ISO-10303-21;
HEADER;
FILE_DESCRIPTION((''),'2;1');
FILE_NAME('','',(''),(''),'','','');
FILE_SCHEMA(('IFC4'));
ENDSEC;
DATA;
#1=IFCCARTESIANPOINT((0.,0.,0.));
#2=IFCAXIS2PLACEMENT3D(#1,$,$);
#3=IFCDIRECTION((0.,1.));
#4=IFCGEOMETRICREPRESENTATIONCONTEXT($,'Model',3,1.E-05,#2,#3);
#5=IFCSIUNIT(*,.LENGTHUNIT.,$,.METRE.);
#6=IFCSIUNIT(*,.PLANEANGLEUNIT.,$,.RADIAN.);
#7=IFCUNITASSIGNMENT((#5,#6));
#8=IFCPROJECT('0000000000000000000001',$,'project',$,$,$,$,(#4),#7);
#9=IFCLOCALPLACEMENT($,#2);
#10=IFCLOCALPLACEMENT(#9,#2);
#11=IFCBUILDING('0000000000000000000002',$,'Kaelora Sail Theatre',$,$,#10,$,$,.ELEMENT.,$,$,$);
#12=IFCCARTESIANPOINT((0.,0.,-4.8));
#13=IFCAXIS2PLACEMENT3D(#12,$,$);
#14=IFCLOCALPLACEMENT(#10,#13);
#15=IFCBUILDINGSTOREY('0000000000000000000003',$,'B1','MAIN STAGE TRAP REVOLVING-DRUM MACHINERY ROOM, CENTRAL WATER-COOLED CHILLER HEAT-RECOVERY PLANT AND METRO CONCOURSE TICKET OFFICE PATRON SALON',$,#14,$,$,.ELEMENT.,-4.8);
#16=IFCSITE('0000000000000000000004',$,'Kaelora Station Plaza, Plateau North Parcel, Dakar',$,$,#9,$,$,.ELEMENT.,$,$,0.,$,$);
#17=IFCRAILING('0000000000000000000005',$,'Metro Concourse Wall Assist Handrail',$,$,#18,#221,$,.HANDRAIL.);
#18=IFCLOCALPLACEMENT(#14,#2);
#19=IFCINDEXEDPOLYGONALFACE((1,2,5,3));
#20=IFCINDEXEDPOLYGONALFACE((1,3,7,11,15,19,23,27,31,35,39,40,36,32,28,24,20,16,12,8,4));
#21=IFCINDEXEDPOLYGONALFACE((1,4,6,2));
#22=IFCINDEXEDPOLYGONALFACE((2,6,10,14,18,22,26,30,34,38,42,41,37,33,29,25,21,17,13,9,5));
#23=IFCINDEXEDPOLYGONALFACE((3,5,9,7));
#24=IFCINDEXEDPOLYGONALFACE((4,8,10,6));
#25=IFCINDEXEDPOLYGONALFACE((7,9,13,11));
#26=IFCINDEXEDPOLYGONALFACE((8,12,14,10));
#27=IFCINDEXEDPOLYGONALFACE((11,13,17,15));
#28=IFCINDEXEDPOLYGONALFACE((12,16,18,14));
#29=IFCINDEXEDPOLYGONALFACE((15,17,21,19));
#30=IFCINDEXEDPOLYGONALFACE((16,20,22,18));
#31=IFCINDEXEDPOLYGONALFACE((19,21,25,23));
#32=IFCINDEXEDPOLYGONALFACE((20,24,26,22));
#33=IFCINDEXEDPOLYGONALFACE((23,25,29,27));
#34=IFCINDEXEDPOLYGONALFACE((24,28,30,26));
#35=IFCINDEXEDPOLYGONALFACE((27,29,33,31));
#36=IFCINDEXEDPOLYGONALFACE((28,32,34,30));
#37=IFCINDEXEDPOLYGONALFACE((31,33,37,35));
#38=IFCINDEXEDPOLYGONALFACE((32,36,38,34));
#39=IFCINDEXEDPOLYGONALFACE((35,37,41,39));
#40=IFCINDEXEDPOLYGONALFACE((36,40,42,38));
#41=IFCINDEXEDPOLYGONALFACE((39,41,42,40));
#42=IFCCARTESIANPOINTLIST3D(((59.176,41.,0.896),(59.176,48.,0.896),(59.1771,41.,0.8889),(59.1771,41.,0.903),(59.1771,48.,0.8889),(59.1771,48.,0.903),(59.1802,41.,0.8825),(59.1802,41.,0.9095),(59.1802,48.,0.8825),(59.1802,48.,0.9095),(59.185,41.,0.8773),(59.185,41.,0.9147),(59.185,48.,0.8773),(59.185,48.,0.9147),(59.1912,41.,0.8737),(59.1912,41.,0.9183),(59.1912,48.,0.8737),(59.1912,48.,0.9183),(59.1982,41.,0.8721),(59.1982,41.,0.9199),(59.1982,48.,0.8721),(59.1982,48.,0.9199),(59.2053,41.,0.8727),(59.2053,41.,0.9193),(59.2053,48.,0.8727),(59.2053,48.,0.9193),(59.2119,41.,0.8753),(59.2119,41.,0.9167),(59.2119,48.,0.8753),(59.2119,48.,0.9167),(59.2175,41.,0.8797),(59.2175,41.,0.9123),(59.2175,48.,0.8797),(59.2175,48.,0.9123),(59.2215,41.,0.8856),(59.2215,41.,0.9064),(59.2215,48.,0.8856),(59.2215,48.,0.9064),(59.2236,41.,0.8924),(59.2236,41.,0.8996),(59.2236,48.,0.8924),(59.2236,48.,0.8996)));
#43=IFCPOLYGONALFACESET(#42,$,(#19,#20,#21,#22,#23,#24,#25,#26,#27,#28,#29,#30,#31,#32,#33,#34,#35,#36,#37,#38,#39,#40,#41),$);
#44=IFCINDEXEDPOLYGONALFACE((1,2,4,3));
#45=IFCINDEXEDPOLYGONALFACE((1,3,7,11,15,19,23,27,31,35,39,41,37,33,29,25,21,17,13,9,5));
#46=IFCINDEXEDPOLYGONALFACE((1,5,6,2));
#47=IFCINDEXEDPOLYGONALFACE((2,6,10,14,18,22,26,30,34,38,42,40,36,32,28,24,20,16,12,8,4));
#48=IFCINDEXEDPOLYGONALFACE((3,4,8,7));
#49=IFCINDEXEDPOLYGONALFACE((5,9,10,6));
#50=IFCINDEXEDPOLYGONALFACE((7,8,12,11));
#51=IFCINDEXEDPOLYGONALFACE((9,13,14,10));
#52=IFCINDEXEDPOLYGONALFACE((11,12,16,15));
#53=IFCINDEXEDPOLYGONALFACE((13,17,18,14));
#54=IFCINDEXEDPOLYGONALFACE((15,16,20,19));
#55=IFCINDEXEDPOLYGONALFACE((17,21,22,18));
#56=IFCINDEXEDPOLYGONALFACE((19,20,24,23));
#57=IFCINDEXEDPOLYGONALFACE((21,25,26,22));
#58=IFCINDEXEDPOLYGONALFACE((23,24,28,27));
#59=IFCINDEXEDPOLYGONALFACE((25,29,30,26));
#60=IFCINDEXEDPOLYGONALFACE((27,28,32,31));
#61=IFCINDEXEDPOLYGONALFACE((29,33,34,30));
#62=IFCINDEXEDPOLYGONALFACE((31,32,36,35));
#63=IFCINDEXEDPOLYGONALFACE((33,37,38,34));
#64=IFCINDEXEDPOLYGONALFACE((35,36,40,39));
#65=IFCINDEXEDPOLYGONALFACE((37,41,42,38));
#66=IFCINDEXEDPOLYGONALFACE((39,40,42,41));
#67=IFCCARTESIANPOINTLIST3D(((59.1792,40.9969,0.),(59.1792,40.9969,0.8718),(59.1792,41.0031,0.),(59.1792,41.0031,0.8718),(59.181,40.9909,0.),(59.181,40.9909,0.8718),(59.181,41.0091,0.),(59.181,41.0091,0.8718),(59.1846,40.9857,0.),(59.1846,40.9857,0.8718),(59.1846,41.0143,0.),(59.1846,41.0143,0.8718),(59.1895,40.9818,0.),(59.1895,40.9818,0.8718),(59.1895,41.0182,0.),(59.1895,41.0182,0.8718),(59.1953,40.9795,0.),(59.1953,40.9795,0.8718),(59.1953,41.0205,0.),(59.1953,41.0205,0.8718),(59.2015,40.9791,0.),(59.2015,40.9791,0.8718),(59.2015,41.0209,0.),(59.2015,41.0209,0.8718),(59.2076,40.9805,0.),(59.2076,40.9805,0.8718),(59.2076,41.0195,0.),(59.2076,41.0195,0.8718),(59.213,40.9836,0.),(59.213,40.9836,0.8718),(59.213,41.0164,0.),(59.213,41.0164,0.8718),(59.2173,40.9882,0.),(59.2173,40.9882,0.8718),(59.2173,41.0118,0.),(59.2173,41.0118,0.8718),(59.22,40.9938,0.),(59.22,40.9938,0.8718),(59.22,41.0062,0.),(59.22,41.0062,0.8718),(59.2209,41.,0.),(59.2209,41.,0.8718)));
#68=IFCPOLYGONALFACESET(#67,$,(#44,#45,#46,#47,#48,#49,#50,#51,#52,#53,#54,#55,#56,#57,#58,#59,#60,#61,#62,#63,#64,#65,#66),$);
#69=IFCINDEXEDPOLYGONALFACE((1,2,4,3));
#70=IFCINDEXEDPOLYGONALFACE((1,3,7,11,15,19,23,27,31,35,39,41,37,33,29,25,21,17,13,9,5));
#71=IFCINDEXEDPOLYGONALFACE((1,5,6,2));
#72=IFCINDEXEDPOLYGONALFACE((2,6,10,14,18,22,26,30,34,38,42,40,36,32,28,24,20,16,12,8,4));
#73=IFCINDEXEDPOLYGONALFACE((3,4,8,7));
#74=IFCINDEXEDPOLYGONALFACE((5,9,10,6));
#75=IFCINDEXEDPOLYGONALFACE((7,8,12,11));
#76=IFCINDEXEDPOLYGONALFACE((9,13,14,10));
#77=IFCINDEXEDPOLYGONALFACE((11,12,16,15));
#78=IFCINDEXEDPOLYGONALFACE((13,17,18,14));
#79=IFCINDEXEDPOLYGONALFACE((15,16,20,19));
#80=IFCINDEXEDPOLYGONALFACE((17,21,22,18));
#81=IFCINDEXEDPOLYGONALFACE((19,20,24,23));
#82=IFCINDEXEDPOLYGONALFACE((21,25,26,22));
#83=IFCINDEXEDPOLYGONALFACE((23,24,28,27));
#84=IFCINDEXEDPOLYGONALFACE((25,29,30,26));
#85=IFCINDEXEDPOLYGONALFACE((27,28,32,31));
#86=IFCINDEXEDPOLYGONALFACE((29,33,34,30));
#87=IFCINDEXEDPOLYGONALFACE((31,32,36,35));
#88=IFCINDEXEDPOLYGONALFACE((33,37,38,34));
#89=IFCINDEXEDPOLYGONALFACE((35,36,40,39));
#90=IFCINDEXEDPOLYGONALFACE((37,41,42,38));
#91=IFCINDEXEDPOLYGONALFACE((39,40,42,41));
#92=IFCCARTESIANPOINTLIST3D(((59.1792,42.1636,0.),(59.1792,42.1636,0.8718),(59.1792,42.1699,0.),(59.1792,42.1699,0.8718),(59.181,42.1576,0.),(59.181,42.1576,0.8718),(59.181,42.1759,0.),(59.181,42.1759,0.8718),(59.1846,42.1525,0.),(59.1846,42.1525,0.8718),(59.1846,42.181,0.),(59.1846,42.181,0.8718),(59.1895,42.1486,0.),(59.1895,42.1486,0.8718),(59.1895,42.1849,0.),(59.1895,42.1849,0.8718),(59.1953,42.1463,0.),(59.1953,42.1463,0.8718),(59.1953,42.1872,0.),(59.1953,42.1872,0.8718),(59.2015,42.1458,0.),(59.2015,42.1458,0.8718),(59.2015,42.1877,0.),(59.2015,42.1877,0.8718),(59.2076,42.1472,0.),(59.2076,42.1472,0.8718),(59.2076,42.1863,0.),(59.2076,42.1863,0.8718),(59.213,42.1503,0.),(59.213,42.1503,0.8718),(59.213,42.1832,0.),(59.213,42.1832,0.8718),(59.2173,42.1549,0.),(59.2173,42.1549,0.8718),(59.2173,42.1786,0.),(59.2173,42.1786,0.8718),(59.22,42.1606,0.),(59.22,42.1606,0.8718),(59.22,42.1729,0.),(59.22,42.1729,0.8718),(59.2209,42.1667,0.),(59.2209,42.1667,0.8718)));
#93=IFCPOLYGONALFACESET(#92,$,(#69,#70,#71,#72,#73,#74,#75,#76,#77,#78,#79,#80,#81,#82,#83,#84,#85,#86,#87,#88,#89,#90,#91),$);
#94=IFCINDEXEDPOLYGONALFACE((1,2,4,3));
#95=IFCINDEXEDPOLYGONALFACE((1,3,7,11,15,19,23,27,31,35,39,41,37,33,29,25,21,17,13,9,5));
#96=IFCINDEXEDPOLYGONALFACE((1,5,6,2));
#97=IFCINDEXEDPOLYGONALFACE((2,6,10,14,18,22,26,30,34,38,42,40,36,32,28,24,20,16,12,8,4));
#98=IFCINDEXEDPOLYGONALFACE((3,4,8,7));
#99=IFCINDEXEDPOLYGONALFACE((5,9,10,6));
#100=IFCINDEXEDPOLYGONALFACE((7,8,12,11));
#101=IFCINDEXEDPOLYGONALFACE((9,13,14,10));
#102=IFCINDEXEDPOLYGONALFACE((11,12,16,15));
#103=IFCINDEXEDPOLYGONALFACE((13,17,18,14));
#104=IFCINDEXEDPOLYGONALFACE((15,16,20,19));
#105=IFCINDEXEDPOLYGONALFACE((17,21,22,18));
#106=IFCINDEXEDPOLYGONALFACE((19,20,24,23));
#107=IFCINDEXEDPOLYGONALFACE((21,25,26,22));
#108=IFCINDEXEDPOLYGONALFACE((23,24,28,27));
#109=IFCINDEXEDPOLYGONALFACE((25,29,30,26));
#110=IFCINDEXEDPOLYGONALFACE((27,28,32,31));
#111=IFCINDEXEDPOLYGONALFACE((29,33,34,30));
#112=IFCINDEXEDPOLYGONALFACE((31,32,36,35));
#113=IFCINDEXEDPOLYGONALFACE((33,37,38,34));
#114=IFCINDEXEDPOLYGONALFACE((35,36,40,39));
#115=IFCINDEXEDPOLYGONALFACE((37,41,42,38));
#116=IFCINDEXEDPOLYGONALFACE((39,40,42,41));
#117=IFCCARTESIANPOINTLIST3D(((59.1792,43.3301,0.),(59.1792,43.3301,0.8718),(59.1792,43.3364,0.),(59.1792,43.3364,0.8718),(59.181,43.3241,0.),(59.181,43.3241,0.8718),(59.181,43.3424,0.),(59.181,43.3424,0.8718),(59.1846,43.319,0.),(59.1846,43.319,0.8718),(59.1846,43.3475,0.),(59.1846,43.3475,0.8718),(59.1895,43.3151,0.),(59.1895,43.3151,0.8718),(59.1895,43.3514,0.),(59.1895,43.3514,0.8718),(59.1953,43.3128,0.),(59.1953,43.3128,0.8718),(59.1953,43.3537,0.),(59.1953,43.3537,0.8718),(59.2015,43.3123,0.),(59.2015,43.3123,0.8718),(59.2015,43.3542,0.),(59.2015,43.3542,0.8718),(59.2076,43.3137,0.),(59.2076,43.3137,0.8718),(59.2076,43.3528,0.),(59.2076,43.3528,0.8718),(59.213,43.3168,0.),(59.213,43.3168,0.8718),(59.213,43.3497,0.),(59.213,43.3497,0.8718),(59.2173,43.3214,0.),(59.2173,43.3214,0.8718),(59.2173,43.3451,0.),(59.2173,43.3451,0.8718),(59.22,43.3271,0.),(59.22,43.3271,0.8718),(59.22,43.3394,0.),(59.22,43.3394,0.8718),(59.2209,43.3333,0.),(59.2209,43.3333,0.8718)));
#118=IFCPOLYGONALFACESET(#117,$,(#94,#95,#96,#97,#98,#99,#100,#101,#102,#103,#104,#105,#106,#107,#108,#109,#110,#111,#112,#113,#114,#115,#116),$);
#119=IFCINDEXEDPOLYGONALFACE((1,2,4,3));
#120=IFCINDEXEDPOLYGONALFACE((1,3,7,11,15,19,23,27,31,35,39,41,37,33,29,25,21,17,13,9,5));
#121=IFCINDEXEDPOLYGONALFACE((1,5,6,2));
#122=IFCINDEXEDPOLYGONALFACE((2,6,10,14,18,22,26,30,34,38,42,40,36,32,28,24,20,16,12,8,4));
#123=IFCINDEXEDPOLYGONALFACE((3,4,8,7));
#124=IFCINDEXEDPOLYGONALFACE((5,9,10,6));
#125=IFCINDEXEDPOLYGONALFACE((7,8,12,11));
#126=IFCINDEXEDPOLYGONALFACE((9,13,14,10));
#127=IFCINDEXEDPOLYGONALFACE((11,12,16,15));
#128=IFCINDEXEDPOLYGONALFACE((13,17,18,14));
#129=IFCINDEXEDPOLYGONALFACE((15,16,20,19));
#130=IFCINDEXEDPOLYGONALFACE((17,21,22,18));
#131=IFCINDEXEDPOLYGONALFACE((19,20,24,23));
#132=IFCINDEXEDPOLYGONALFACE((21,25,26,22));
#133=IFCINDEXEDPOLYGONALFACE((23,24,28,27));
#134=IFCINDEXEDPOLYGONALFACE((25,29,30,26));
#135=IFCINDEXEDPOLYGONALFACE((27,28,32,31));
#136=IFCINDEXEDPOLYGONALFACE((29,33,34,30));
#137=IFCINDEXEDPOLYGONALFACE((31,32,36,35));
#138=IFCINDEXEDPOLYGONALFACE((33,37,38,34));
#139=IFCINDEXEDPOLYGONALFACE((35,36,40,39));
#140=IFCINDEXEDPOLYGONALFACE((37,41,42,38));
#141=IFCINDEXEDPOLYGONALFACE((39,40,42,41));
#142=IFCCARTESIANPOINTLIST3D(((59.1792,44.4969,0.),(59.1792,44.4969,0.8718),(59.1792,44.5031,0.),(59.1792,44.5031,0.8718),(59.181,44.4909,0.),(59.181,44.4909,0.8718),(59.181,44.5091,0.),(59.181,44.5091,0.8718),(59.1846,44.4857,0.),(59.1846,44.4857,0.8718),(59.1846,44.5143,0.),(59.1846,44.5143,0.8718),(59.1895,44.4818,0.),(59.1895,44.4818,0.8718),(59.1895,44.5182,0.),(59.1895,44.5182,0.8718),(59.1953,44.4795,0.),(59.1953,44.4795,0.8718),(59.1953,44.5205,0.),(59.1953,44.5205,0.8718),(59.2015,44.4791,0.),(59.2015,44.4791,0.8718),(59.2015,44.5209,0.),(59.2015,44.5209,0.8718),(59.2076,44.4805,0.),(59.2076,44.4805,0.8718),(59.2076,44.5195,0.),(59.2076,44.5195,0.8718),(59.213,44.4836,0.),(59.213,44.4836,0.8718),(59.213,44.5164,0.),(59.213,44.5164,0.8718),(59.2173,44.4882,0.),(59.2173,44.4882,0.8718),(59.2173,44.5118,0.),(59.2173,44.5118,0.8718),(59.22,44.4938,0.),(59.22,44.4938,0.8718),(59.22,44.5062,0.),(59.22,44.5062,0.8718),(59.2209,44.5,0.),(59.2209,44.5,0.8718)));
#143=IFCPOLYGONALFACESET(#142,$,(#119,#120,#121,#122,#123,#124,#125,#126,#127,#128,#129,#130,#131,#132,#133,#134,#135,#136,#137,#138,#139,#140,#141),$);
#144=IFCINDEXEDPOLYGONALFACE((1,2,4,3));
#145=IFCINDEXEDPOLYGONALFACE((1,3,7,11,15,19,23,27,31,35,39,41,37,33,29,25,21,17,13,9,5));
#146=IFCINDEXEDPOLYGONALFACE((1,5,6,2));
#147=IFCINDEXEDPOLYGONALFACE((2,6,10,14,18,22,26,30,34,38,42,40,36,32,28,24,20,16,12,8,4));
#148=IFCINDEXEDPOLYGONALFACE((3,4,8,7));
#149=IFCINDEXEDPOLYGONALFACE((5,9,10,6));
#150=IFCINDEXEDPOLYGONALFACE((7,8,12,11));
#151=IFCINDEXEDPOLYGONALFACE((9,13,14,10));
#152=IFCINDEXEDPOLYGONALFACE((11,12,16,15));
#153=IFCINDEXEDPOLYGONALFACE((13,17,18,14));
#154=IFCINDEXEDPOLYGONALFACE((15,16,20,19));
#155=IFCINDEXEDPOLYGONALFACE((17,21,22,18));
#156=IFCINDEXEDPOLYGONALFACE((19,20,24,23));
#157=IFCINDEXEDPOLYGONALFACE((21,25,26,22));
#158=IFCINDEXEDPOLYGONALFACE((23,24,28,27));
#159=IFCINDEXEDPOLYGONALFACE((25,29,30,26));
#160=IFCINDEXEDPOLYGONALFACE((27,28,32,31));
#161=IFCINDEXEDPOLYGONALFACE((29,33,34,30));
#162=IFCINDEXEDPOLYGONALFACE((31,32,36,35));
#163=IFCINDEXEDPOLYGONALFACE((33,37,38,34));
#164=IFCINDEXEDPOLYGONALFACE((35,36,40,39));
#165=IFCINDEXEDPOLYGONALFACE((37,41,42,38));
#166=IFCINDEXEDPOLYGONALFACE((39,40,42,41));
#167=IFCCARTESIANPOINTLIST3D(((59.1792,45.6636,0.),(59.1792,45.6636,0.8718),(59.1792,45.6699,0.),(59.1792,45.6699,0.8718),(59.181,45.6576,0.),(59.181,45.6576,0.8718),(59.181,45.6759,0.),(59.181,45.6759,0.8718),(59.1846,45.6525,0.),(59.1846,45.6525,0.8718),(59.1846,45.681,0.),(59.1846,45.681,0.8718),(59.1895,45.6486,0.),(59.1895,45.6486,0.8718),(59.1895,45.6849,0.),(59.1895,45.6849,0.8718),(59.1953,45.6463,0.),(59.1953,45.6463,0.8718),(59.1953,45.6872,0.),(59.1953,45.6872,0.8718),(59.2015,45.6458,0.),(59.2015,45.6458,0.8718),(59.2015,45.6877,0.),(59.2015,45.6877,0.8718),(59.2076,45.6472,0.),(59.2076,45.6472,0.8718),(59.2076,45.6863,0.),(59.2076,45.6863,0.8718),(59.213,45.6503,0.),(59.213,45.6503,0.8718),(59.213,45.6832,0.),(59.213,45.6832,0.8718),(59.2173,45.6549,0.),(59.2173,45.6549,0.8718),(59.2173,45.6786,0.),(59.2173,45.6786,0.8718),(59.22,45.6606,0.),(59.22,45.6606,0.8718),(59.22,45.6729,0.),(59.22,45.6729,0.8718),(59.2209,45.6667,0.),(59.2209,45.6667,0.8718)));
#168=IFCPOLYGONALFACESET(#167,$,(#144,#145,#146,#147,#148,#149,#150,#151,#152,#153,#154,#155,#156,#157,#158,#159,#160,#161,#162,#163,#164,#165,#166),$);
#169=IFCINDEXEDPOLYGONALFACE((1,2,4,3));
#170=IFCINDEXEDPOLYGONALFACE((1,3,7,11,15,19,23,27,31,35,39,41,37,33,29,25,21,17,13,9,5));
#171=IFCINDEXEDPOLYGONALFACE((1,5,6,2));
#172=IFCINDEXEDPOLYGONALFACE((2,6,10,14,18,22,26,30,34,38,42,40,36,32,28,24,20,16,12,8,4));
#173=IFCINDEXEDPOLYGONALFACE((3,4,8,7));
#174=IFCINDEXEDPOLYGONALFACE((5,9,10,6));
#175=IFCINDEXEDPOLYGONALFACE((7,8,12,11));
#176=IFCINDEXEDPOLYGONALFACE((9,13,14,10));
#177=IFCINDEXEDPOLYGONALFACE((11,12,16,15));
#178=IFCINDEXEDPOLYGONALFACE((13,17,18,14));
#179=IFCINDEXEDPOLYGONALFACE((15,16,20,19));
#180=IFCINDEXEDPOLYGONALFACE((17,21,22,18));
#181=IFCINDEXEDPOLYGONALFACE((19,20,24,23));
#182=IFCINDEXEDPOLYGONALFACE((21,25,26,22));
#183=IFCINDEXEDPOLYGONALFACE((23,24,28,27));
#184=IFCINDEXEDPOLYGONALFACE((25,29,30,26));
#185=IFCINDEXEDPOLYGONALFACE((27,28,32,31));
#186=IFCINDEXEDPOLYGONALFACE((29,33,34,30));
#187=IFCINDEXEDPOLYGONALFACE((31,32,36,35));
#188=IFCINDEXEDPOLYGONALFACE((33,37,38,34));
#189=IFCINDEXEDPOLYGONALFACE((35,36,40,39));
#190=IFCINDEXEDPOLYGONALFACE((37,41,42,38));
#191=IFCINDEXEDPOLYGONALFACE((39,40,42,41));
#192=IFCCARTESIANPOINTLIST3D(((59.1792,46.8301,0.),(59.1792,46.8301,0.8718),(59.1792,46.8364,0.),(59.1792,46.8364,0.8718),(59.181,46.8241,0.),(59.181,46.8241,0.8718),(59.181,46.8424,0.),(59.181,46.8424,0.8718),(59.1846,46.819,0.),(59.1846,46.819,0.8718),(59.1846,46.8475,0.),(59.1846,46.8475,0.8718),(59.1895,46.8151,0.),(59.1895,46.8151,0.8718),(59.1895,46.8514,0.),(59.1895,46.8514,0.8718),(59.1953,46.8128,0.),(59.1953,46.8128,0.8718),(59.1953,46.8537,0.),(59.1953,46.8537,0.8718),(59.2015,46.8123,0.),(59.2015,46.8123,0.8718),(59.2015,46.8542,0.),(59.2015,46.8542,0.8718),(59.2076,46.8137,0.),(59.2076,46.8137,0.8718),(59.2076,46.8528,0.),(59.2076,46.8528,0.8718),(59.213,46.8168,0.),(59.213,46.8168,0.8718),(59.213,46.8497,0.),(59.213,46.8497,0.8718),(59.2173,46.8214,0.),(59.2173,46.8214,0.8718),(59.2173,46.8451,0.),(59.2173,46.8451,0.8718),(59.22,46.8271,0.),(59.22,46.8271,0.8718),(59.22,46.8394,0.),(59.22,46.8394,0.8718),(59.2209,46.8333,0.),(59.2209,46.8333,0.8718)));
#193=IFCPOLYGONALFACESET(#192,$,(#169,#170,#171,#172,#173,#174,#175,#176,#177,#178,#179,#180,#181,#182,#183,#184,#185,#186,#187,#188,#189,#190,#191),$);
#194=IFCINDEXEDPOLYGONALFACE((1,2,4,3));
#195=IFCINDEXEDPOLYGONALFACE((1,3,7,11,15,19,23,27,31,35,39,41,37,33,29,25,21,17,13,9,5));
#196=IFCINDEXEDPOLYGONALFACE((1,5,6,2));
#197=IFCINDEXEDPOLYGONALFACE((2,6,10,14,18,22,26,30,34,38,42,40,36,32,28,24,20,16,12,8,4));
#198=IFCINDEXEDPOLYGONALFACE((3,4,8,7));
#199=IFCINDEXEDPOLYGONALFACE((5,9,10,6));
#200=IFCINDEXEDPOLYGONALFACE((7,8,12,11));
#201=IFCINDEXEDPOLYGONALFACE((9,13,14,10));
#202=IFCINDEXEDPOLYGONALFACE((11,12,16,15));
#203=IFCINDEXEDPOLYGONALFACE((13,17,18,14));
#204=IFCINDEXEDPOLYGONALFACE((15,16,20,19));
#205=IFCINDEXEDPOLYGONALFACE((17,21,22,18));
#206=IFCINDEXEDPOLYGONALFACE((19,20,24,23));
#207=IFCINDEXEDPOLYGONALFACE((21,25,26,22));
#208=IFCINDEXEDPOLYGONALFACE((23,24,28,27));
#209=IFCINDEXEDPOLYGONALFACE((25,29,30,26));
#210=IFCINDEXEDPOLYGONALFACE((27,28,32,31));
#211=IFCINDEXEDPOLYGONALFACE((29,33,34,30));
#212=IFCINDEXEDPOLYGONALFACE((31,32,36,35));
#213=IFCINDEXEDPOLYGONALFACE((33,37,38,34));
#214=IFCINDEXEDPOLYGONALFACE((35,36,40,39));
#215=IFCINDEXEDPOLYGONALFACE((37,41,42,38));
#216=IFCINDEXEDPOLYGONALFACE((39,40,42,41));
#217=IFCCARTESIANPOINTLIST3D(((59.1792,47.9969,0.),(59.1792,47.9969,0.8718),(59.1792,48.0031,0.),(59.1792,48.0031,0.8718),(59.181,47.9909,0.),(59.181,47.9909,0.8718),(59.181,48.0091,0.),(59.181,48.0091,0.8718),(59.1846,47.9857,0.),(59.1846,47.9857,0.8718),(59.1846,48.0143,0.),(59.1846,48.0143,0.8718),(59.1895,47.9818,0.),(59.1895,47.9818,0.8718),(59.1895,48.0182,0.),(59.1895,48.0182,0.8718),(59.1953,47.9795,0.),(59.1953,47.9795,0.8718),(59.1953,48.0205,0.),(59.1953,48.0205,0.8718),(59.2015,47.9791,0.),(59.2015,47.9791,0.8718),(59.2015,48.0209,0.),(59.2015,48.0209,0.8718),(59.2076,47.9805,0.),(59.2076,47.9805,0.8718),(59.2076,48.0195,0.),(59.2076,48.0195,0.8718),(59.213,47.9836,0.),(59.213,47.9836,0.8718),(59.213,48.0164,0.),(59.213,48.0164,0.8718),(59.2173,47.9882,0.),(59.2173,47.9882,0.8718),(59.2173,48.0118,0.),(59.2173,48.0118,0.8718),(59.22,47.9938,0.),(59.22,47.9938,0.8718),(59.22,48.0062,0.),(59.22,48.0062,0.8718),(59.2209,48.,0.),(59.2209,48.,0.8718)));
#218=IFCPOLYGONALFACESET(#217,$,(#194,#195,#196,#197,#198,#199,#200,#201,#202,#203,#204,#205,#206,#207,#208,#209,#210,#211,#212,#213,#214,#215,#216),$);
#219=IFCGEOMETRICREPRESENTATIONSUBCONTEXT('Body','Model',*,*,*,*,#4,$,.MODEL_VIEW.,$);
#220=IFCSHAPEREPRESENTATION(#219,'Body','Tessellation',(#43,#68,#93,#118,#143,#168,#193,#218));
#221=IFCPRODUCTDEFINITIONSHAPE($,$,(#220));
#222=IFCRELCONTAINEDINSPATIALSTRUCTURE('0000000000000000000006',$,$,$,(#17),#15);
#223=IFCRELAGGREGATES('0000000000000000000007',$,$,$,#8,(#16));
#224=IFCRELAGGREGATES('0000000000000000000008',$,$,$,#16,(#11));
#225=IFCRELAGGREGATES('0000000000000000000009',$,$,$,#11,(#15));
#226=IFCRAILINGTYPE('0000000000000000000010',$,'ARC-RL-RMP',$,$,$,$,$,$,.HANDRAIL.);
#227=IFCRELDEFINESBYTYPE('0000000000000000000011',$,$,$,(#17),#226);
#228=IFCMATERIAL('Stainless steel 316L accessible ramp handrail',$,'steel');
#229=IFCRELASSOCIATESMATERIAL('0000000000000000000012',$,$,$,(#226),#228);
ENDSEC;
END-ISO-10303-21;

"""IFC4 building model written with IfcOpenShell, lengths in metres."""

from ifc_helpers import new_model, si_unit, direction, frame, origin, origin_2d, place, context, subcontext, project, spatial, circle, extrude, material, type_object, element, save


model = new_model("IFC4")

# Units and contexts
model_context = context("Model", 3, precision=1e-05, world=origin(), true_north=direction((0.0, 1.0)))
body_context = subcontext(model_context, "Body", "Model", "MODEL_VIEW")
ifc_project = project(units=[si_unit("LENGTHUNIT", "METRE"), si_unit("PLANEANGLEUNIT", "RADIAN")], contexts=[model_context])

# Site, building, storey
site_placement = place(None, origin())
site = spatial("IfcSite", under=ifc_project, at=site_placement, Name="Kaelora Station Plaza, Plateau North Parcel, Dakar", CompositionType="ELEMENT", RefElevation=0.0)
building_placement = place(site_placement, origin())
building = spatial("IfcBuilding", under=site, at=building_placement, Name="Kaelora Sail Theatre", CompositionType="ELEMENT")
storey_placement = place(building_placement, frame((0.0, 0.0, -4.8)))
storey = spatial("IfcBuildingStorey", under=building, at=storey_placement, Name="B1", Description="MAIN STAGE TRAP REVOLVING-DRUM MACHINERY ROOM, CENTRAL WATER-COOLED CHILLER HEAT-RECOVERY PLANT AND METRO CONCOURSE TICKET OFFICE PATRON SALON", CompositionType="ELEMENT", Elevation=-4.8)

# Railing
ifc_material_1 = material(Name="Stainless steel 316L accessible ramp handrail", Category="steel")
railing_type = type_object("IfcRailingType", Name="ARC-RL-RMP", PredefinedType="HANDRAIL", material=ifc_material_1)
railing_placement = place(storey_placement, frame((59.2, 41.0, 0.0)))
element("IfcRailing", 1, at=railing_placement, inside=storey, type_object=railing_type, Name="Metro Concourse Wall Assist Handrail", PredefinedType="HANDRAIL", context=body_context, shape_type="SweptSolid", body=[
    extrude(circle(Radius=0.0239, at=origin_2d()), frame((0.0, 0.0, 0.896), z_axis=(0.0, 1.0, 0.0), x_axis=(-1.0, 0.0, 0.0)), (0.0, 0.0, 1.0), 7.0),
    extrude(circle(Radius=0.021, at=origin_2d()), origin(), (0.0, 0.0, 1.0), 0.8718),
    extrude(circle(Radius=0.021, at=origin_2d()), frame((0.0, 1.1667, 0.0)), (0.0, 0.0, 1.0), 0.8718),
    extrude(circle(Radius=0.021, at=origin_2d()), frame((0.0, 2.3333, 0.0)), (0.0, 0.0, 1.0), 0.8718),
    extrude(circle(Radius=0.021, at=origin_2d()), frame((0.0, 3.5, 0.0)), (0.0, 0.0, 1.0), 0.8718),
    extrude(circle(Radius=0.021, at=origin_2d()), frame((0.0, 4.6667, 0.0)), (0.0, 0.0, 1.0), 0.8718),
    extrude(circle(Radius=0.021, at=origin_2d()), frame((0.0, 5.8333, 0.0)), (0.0, 0.0, 1.0), 0.8718),
    extrude(circle(Radius=0.021, at=origin_2d()), frame((0.0, 7.0, 0.0)), (0.0, 0.0, 1.0), 0.8718),
])

save(model, "model.ifc")
